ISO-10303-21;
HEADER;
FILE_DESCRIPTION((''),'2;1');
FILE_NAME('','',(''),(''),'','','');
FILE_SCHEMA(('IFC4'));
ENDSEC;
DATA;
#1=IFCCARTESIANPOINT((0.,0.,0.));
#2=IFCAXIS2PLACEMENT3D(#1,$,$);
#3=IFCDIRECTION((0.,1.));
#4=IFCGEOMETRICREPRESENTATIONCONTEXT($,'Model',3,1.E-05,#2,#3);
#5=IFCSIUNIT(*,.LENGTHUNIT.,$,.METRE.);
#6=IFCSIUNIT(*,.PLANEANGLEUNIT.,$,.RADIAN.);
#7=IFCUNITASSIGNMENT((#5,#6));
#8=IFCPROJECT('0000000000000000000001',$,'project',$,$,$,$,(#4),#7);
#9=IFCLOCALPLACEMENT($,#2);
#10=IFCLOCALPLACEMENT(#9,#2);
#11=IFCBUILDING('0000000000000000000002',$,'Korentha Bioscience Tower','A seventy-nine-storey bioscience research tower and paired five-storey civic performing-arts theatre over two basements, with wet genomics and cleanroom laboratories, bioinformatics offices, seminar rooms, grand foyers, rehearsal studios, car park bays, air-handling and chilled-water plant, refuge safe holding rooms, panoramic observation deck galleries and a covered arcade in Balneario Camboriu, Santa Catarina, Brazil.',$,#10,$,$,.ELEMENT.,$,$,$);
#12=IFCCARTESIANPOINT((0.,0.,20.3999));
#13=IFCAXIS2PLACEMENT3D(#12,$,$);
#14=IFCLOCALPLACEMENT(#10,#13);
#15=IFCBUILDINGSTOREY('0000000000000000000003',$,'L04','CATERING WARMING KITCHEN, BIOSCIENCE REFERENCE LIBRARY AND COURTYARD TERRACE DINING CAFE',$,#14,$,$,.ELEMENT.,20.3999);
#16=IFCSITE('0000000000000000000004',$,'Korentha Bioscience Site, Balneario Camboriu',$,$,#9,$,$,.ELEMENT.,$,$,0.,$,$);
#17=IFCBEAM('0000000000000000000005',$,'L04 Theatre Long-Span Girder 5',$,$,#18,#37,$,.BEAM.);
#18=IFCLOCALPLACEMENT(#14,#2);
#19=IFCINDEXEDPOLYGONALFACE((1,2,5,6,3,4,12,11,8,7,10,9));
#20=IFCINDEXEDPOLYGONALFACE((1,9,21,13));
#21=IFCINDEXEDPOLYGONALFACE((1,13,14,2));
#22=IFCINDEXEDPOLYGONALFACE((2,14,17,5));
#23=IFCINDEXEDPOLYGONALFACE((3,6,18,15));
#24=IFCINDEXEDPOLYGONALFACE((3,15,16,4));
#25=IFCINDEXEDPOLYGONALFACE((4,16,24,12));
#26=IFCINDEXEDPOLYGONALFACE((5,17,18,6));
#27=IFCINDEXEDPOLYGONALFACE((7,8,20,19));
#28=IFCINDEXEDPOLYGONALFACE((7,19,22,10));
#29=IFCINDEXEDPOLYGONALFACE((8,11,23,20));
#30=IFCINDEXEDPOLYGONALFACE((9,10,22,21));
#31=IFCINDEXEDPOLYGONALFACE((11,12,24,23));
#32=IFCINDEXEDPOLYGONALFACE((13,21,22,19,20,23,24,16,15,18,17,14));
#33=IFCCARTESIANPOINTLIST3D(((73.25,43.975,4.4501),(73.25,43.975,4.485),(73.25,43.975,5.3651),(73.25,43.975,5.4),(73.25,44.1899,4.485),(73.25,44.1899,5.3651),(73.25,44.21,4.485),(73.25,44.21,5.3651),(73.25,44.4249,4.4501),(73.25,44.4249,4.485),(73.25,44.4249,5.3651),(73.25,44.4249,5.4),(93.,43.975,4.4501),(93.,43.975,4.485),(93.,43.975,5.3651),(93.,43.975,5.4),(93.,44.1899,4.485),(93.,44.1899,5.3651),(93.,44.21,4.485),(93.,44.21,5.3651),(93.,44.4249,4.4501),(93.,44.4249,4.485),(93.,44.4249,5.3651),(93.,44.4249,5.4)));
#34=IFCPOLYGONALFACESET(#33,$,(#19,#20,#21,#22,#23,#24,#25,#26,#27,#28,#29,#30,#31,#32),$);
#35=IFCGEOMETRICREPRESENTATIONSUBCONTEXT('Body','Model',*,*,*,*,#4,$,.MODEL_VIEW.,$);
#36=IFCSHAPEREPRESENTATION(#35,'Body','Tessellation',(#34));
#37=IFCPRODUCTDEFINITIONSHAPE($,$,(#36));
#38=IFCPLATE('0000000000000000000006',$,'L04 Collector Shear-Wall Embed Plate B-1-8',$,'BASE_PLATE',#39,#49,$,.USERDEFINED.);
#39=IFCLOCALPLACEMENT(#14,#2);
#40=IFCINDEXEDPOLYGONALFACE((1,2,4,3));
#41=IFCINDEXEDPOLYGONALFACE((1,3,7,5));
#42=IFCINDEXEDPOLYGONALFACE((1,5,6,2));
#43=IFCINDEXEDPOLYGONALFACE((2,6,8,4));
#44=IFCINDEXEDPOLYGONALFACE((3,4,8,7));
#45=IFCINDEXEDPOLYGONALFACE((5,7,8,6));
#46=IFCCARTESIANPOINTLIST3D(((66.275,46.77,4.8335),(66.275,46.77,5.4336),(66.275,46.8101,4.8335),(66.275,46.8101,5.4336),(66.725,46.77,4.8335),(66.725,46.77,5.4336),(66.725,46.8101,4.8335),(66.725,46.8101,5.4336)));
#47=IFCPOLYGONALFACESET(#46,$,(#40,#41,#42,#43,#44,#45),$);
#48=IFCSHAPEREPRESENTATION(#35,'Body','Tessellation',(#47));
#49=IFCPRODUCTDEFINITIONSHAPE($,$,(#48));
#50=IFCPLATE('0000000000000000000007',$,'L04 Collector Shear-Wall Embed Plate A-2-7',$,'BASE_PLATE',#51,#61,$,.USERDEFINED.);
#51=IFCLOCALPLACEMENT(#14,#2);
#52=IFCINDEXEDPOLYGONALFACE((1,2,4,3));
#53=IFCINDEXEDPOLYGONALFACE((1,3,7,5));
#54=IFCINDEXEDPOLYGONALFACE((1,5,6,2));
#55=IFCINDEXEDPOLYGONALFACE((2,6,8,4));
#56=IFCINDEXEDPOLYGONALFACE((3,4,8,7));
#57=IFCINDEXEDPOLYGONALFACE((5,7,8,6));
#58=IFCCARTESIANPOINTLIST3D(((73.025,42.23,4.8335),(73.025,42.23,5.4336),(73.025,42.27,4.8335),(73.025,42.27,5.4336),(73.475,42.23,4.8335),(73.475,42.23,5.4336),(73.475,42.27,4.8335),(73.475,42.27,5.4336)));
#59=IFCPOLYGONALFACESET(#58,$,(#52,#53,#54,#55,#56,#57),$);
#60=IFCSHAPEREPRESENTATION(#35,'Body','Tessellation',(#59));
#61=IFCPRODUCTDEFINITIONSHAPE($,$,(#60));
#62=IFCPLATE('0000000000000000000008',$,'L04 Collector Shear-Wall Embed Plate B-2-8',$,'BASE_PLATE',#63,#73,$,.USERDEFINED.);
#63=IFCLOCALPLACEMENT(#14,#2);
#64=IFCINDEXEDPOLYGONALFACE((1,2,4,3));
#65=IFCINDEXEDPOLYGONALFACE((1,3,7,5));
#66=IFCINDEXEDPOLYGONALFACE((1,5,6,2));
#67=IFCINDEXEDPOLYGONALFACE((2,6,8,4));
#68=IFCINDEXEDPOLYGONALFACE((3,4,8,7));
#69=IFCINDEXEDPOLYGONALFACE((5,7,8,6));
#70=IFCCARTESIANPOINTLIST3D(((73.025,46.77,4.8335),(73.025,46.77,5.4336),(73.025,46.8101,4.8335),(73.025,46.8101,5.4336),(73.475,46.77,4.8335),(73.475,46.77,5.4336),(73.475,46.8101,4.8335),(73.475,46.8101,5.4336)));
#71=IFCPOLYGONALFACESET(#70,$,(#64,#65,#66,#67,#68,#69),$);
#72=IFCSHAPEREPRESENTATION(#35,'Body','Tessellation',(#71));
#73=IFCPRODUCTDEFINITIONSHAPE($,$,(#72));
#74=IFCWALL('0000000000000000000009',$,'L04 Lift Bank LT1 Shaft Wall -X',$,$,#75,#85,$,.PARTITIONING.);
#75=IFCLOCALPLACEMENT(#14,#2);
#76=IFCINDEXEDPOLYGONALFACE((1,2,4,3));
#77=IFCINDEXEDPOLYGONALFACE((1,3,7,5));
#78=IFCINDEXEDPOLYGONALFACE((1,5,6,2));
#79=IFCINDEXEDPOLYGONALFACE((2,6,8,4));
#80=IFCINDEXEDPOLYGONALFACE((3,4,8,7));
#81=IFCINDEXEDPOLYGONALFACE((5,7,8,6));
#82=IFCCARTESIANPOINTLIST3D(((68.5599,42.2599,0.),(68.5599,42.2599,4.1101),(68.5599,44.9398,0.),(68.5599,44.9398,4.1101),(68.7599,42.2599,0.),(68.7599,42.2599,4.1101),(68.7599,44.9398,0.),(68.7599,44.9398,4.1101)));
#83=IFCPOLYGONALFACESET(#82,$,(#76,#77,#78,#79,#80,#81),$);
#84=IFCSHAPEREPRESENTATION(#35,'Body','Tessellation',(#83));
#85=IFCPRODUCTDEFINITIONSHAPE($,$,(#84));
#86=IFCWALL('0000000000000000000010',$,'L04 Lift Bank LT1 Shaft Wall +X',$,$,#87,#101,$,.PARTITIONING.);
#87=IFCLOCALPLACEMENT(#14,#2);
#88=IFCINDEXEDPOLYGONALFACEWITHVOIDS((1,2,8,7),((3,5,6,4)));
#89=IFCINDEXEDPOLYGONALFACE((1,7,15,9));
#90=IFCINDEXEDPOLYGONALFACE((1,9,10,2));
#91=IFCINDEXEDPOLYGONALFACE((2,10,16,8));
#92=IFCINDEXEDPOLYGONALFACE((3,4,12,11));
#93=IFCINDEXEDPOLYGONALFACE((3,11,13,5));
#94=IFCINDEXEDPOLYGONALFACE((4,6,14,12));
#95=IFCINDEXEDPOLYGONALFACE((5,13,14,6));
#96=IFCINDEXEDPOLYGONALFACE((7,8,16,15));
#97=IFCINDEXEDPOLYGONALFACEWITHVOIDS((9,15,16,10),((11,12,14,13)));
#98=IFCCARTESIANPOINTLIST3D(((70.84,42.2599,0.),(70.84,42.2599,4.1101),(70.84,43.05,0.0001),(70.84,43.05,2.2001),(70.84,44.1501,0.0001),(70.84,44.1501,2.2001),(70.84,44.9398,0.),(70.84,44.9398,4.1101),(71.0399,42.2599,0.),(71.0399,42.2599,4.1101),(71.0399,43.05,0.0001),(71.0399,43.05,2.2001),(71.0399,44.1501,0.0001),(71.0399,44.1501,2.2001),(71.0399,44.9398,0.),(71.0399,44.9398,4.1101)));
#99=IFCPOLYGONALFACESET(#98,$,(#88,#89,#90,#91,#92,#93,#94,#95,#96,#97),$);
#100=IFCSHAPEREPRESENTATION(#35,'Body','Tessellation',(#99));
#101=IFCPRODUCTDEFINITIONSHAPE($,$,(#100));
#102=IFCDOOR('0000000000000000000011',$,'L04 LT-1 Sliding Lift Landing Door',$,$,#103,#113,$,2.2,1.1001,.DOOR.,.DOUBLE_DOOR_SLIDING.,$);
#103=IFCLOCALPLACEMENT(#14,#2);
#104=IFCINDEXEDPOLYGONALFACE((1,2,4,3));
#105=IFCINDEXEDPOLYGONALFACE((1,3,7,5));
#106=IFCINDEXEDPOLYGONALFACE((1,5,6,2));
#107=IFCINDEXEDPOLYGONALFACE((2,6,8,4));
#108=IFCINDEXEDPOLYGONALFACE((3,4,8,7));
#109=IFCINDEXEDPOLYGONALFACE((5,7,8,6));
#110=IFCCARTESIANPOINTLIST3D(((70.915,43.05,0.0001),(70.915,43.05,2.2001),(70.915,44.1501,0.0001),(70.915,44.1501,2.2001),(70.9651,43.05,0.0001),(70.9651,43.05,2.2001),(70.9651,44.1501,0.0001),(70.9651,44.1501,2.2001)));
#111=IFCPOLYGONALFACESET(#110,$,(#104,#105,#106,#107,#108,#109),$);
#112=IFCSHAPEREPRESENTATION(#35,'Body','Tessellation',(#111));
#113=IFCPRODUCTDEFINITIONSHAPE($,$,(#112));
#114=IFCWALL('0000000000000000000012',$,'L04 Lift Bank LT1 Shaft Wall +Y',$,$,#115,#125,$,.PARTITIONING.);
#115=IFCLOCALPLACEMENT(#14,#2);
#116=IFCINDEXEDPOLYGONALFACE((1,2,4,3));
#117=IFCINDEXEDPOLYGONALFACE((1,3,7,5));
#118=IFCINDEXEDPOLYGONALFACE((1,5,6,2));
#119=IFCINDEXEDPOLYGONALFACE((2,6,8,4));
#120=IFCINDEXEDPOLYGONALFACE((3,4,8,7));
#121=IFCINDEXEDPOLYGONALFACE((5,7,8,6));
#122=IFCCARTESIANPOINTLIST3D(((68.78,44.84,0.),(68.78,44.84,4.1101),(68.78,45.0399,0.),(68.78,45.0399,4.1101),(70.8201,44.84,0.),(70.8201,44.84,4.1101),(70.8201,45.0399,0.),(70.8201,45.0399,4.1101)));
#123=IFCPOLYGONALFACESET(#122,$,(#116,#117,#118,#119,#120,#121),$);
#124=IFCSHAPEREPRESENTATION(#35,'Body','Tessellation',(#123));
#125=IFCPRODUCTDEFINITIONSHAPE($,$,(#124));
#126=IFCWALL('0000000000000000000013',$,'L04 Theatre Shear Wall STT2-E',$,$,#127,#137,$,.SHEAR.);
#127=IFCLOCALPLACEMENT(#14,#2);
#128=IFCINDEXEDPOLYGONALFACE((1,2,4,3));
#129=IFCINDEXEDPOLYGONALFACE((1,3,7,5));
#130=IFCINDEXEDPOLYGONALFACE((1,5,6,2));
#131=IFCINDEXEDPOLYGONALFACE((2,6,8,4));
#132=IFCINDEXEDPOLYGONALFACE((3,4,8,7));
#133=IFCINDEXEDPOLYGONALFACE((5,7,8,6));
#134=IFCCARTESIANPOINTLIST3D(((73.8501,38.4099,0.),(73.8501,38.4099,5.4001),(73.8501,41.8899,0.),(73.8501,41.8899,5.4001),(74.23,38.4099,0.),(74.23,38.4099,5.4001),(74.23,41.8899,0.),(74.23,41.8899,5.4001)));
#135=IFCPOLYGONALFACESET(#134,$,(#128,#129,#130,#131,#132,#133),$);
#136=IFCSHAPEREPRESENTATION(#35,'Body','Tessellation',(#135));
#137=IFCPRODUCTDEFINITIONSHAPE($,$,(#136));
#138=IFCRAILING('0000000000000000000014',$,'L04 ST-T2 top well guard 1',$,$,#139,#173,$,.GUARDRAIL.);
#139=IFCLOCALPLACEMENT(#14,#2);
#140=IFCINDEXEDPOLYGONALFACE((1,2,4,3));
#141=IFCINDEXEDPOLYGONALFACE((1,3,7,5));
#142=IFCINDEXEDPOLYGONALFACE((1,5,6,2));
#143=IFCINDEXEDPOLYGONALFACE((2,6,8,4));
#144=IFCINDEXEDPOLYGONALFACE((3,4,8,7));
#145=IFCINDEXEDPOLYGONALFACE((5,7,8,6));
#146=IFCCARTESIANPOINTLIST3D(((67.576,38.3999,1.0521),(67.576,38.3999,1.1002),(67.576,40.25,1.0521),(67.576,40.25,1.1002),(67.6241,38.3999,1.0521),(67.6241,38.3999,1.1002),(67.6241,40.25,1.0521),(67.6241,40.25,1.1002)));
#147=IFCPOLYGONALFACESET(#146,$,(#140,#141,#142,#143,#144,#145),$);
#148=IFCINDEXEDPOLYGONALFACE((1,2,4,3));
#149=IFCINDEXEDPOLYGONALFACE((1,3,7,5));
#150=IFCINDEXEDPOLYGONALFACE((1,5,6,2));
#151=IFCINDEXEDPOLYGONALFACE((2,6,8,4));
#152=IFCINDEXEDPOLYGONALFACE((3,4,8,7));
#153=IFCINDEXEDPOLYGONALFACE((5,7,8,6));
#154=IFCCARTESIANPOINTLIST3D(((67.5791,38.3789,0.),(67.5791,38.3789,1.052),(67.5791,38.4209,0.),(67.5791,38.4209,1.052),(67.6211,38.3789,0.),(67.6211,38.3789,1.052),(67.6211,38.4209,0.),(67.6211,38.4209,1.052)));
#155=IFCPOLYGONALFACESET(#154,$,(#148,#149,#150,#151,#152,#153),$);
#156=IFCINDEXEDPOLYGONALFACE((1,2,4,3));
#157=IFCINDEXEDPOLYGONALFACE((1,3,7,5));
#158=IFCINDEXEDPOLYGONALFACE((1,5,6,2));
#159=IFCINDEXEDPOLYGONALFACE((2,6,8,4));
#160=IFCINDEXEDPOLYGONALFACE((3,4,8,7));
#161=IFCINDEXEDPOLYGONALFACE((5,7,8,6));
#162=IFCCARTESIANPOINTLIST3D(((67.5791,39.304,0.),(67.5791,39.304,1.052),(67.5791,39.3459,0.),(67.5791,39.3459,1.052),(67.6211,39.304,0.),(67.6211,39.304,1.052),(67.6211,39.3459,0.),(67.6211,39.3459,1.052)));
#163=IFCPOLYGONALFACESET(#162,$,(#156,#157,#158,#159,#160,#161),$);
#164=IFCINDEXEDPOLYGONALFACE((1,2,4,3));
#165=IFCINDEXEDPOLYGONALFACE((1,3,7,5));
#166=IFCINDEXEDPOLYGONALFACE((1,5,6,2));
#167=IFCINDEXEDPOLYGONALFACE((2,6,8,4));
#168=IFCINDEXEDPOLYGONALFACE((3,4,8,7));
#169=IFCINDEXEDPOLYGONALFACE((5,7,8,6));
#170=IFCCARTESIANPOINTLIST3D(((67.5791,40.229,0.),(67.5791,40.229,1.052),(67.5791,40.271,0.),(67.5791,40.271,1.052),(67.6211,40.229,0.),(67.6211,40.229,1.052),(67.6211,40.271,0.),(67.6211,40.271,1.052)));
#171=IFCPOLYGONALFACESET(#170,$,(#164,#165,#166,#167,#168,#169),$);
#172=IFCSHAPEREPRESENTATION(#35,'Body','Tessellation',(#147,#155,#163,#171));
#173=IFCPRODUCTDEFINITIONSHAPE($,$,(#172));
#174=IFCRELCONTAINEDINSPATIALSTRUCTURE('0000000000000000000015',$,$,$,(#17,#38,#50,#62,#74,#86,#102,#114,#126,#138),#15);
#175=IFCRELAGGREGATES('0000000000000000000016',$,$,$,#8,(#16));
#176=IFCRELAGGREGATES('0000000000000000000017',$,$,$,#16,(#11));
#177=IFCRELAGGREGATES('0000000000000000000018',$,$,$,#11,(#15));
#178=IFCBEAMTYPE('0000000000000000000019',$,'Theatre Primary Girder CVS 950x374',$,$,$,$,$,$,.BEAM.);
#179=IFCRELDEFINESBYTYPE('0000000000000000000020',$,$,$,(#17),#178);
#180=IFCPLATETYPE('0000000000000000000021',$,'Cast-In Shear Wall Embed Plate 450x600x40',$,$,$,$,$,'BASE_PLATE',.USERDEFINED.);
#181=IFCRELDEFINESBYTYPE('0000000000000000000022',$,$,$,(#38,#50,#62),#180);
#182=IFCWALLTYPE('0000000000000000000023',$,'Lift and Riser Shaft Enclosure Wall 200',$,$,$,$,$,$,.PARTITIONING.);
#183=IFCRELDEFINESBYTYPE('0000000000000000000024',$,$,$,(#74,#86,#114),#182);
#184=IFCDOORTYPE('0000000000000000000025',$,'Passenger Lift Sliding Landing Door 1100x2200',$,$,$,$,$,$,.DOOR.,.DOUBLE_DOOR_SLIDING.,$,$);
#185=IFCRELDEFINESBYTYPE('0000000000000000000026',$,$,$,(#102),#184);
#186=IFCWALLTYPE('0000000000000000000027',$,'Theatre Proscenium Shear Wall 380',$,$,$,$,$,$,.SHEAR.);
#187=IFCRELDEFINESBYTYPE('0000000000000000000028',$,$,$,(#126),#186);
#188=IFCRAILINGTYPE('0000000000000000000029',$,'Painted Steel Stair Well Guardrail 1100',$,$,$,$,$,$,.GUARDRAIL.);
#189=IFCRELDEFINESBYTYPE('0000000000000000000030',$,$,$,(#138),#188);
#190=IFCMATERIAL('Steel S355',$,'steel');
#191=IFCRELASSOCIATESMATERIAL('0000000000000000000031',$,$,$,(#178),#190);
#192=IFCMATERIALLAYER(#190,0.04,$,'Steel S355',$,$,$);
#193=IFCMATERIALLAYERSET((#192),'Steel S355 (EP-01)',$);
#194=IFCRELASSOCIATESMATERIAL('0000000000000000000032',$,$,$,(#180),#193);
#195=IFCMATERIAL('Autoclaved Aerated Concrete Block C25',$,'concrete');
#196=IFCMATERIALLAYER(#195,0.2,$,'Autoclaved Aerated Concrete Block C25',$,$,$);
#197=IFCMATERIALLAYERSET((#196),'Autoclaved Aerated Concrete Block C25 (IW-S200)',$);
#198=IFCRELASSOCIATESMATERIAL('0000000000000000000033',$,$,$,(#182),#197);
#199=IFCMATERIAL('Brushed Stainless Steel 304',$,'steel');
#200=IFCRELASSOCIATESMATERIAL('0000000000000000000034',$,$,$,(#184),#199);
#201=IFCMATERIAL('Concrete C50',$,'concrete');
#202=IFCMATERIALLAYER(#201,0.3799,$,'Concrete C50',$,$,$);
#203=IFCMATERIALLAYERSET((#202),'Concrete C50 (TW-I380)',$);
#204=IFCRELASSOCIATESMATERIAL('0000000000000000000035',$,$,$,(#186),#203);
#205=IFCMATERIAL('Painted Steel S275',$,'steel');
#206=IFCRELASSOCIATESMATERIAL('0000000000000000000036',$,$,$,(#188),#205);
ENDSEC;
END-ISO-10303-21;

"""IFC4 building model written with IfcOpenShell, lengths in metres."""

from ifc_helpers import new_model, si_unit, direction, frame, frame_2d, origin, origin_2d, place, context, subcontext, project, spatial, rectangle, i_section, extrude, material, layer, layer_set, material_profile, profile_set, type_object, element, fill, save


model = new_model("IFC4")

# Units and contexts
model_context = context("Model", 3, precision=1e-05, world=origin(), true_north=direction((0.0, 1.0)))
body_context = subcontext(model_context, "Body", "Model", "MODEL_VIEW")
ifc_project = project(units=[si_unit("LENGTHUNIT", "METRE"), si_unit("PLANEANGLEUNIT", "RADIAN")], contexts=[model_context])

# Site, building, storey
site_placement = place(None, origin())
site = spatial("IfcSite", under=ifc_project, at=site_placement, Name="Korentha Bioscience Site, Balneario Camboriu", CompositionType="ELEMENT", RefElevation=0.0)
building_placement = place(site_placement, origin())
building = spatial("IfcBuilding", under=site, at=building_placement, Name="Korentha Bioscience Tower", Description="A seventy-nine-storey bioscience research tower and paired five-storey civic performing-arts theatre over two basements, with wet genomics and cleanroom laboratories, bioinformatics offices, seminar rooms, grand foyers, rehearsal studios, car park bays, air-handling and chilled-water plant, refuge safe holding rooms, panoramic observation deck galleries and a covered arcade in Balneario Camboriu, Santa Catarina, Brazil.", CompositionType="ELEMENT")
storey_placement = place(building_placement, frame((0.0, 0.0, 20.3999)))
storey = spatial("IfcBuildingStorey", under=building, at=storey_placement, Name="L04", Description="CATERING WARMING KITCHEN, BIOSCIENCE REFERENCE LIBRARY AND COURTYARD TERRACE DINING CAFE", CompositionType="ELEMENT", Elevation=20.3999)

# Shared definitions
ifc_material_1 = material(Name="Concrete C50", Category="concrete")

# Beam
ifc_material_2 = material(Name="Steel S355", Category="steel")
ifc_material_profile_1 = material_profile(ifc_material_2, i_section(OverallWidth=0.45, OverallDepth=0.95, WebThickness=0.02, FlangeThickness=0.0349, at=origin_2d()), Name="Steel S355")
ifc_profile_set_1 = profile_set([ifc_material_profile_1], Name="Steel S355 (TB-950)")
beam_type_1 = type_object("IfcBeamType", Name="Theatre Primary Girder CVS 950x374", PredefinedType="BEAM", material=ifc_profile_set_1)
beam_1_placement = place(storey_placement, frame((73.25, 44.2, 4.925), z_axis=(1.0, 0.0, 0.0), x_axis=(0.0, 1.0, 0.0)))
element("IfcBeam", 1, at=beam_1_placement, inside=storey, type_object=beam_type_1, Name="L04 Theatre Long-Span Girder 5", PredefinedType="BEAM", context=body_context, shape_type="SweptSolid", body=[
    extrude(i_section(OverallWidth=0.45, OverallDepth=0.95, WebThickness=0.02, FlangeThickness=0.0349, at=origin_2d()), origin(), (0.0, 0.0, 1.0), 19.75),
])

# Plates
ifc_layer_1 = layer(ifc_material_2, 0.04, Name="Steel S355")
ifc_layer_set_1 = layer_set([ifc_layer_1], Name="Steel S355 (EP-01)")
plate_type = type_object("IfcPlateType", Name="Cast-In Shear Wall Embed Plate 450x600x40", ElementType="BASE_PLATE", PredefinedType="USERDEFINED", material=ifc_layer_set_1)
for number, where, z_axis, x_axis, name in (
    (2, (66.5, 46.79, 4.8335), (0.0, 0.0, 1.0), (1.0, 0.0, 0.0), "L04 Collector Shear-Wall Embed Plate B-1-8"),
    (3, (73.25, 42.25, 4.8335), (0.0, 0.0, 1.0), (1.0, 0.0, 0.0), "L04 Collector Shear-Wall Embed Plate A-2-7"),
    (4, (73.25, 46.79, 4.8335), (0.0, 0.0, 1.0), (1.0, 0.0, 0.0), "L04 Collector Shear-Wall Embed Plate B-2-8"),
):
    element("IfcPlate", number, at=place(storey_placement, frame(where, z_axis=z_axis, x_axis=x_axis)), inside=storey, type_object=plate_type, Name=name, ObjectType="BASE_PLATE", PredefinedType="USERDEFINED", context=body_context, shape_type="SweptSolid", body=[
        extrude(rectangle(XDim=0.45, YDim=0.04, at=origin_2d()), origin(), (0.0, 0.0, 1.0), 0.6001),
    ])

# Wall
ifc_material_3 = material(Name="Autoclaved Aerated Concrete Block C25", Category="concrete")
ifc_layer_2 = layer(ifc_material_3, 0.2, Name="Autoclaved Aerated Concrete Block C25")
ifc_layer_set_2 = layer_set([ifc_layer_2], Name="Autoclaved Aerated Concrete Block C25 (IW-S200)")
wall_type_1 = type_object("IfcWallType", Name="Lift and Riser Shaft Enclosure Wall 200", PredefinedType="PARTITIONING", material=ifc_layer_set_2)
wall_1_placement = place(storey_placement, frame((68.6599, 42.26, 0.0), z_axis=(0.0, 0.0, 1.0), x_axis=(0.0, 1.0, 0.0)))
element("IfcWall", 5, at=wall_1_placement, inside=storey, type_object=wall_type_1, Name="L04 Lift Bank LT1 Shaft Wall -X", PredefinedType="PARTITIONING", context=body_context, shape_type="SweptSolid", body=[
    extrude(rectangle(XDim=2.6799, YDim=0.2, at=frame_2d((1.3398, 0.0))), origin(), (0.0, 0.0, 1.0), 4.1101),
])

# Wall, opening, door
wall_2_placement = place(storey_placement, frame((70.9399, 42.26, 0.0), z_axis=(0.0, 0.0, 1.0), x_axis=(0.0, 1.0, 0.0)))
wall_2 = element("IfcWall", 6, at=wall_2_placement, inside=storey, type_object=wall_type_1, Name="L04 Lift Bank LT1 Shaft Wall +X", PredefinedType="PARTITIONING", context=body_context, shape_type="SweptSolid", body=[
    extrude(rectangle(XDim=2.6799, YDim=0.2, at=frame_2d((1.3398, 0.0))), origin(), (0.0, 0.0, 1.0), 4.1101),
])
opening_placement = place(wall_2_placement, frame((0.79, 0.0, 0.0)))
opening = element("IfcOpeningElement", 7, at=opening_placement, cuts=wall_2, PredefinedType="OPENING", context=body_context, shape_type="SweptSolid", body=[
    extrude(rectangle(XDim=1.1001, YDim=2.2, at=frame_2d((0.55, 1.1001))), frame((0.0, 0.1147, 0.0), z_axis=(0.0, -1.0, 0.0), x_axis=(1.0, 0.0, 0.0)), (0.0, 0.0, 1.0), 0.2297),
])
ifc_material_4 = material(Name="Brushed Stainless Steel 304", Category="steel")
door_type = type_object("IfcDoorType", Name="Passenger Lift Sliding Landing Door 1100x2200", OperationType="DOUBLE_DOOR_SLIDING", PredefinedType="DOOR", material=ifc_material_4)
door_placement = place(opening_placement, origin())
door = element("IfcDoor", 8, at=door_placement, inside=storey, type_object=door_type, Name="L04 LT-1 Sliding Lift Landing Door", OperationType="DOUBLE_DOOR_SLIDING", OverallHeight=2.2, OverallWidth=1.1001, PredefinedType="DOOR", context=body_context, shape_type="SweptSolid", body=[
    extrude(rectangle(XDim=1.1001, YDim=2.2, at=frame_2d((0.55, 1.1001))), frame((0.0, 0.0249, 0.0), z_axis=(0.0, -1.0, 0.0), x_axis=(1.0, 0.0, 0.0)), (0.0, 0.0, 1.0), 0.05),
])
fill(opening, door)

# Walls
wall_3_placement = place(storey_placement, frame((68.78, 44.9399, 0.0), z_axis=(0.0, 0.0, 1.0), x_axis=(1.0, 0.0, 0.0)))
element("IfcWall", 9, at=wall_3_placement, inside=storey, type_object=wall_type_1, Name="L04 Lift Bank LT1 Shaft Wall +Y", PredefinedType="PARTITIONING", context=body_context, shape_type="SweptSolid", body=[
    extrude(rectangle(XDim=2.04, YDim=0.2, at=frame_2d((1.02, 0.0))), origin(), (0.0, 0.0, 1.0), 4.1101),
])
ifc_layer_3 = layer(ifc_material_1, 0.3799, Name="Concrete C50")
ifc_layer_set_3 = layer_set([ifc_layer_3], Name="Concrete C50 (TW-I380)")
wall_type_2 = type_object("IfcWallType", Name="Theatre Proscenium Shear Wall 380", PredefinedType="SHEAR", material=ifc_layer_set_3)
wall_4_placement = place(storey_placement, frame((74.04, 38.4099, 0.0), z_axis=(0.0, 0.0, 1.0), x_axis=(0.0, 1.0, 0.0)))
element("IfcWall", 10, at=wall_4_placement, inside=storey, type_object=wall_type_2, Name="L04 Theatre Shear Wall STT2-E", PredefinedType="SHEAR", context=body_context, shape_type="SweptSolid", body=[
    extrude(rectangle(XDim=3.48, YDim=0.3799, at=frame_2d((1.74, 0.0))), origin(), (0.0, 0.0, 1.0), 5.4001),
])

# Railing
ifc_material_5 = material(Name="Painted Steel S275", Category="steel")
railing_type = type_object("IfcRailingType", Name="Painted Steel Stair Well Guardrail 1100", PredefinedType="GUARDRAIL", material=ifc_material_5)
railing_placement = place(storey_placement, frame((67.6001, 38.3999, 0.0)))
element("IfcRailing", 11, at=railing_placement, inside=storey, type_object=railing_type, Name="L04 ST-T2 top well guard 1", PredefinedType="GUARDRAIL", context=body_context, shape_type="SweptSolid", body=[
    extrude(rectangle(XDim=0.0481, YDim=0.0481, at=origin_2d()), frame((0.0, 0.0, 1.0762), z_axis=(0.0, 1.0, 0.0), x_axis=(-1.0, 0.0, 0.0)), (0.0, 0.0, 1.0), 1.8501),
    extrude(rectangle(XDim=0.042, YDim=0.042, at=origin_2d()), origin(), (0.0, 0.0, 1.0), 1.052),
    extrude(rectangle(XDim=0.042, YDim=0.042, at=origin_2d()), frame((0.0, 0.925, 0.0)), (0.0, 0.0, 1.0), 1.052),
    extrude(rectangle(XDim=0.042, YDim=0.042, at=origin_2d()), frame((0.0, 1.8501, 0.0)), (0.0, 0.0, 1.0), 1.052),
])

save(model, "model.ifc")
